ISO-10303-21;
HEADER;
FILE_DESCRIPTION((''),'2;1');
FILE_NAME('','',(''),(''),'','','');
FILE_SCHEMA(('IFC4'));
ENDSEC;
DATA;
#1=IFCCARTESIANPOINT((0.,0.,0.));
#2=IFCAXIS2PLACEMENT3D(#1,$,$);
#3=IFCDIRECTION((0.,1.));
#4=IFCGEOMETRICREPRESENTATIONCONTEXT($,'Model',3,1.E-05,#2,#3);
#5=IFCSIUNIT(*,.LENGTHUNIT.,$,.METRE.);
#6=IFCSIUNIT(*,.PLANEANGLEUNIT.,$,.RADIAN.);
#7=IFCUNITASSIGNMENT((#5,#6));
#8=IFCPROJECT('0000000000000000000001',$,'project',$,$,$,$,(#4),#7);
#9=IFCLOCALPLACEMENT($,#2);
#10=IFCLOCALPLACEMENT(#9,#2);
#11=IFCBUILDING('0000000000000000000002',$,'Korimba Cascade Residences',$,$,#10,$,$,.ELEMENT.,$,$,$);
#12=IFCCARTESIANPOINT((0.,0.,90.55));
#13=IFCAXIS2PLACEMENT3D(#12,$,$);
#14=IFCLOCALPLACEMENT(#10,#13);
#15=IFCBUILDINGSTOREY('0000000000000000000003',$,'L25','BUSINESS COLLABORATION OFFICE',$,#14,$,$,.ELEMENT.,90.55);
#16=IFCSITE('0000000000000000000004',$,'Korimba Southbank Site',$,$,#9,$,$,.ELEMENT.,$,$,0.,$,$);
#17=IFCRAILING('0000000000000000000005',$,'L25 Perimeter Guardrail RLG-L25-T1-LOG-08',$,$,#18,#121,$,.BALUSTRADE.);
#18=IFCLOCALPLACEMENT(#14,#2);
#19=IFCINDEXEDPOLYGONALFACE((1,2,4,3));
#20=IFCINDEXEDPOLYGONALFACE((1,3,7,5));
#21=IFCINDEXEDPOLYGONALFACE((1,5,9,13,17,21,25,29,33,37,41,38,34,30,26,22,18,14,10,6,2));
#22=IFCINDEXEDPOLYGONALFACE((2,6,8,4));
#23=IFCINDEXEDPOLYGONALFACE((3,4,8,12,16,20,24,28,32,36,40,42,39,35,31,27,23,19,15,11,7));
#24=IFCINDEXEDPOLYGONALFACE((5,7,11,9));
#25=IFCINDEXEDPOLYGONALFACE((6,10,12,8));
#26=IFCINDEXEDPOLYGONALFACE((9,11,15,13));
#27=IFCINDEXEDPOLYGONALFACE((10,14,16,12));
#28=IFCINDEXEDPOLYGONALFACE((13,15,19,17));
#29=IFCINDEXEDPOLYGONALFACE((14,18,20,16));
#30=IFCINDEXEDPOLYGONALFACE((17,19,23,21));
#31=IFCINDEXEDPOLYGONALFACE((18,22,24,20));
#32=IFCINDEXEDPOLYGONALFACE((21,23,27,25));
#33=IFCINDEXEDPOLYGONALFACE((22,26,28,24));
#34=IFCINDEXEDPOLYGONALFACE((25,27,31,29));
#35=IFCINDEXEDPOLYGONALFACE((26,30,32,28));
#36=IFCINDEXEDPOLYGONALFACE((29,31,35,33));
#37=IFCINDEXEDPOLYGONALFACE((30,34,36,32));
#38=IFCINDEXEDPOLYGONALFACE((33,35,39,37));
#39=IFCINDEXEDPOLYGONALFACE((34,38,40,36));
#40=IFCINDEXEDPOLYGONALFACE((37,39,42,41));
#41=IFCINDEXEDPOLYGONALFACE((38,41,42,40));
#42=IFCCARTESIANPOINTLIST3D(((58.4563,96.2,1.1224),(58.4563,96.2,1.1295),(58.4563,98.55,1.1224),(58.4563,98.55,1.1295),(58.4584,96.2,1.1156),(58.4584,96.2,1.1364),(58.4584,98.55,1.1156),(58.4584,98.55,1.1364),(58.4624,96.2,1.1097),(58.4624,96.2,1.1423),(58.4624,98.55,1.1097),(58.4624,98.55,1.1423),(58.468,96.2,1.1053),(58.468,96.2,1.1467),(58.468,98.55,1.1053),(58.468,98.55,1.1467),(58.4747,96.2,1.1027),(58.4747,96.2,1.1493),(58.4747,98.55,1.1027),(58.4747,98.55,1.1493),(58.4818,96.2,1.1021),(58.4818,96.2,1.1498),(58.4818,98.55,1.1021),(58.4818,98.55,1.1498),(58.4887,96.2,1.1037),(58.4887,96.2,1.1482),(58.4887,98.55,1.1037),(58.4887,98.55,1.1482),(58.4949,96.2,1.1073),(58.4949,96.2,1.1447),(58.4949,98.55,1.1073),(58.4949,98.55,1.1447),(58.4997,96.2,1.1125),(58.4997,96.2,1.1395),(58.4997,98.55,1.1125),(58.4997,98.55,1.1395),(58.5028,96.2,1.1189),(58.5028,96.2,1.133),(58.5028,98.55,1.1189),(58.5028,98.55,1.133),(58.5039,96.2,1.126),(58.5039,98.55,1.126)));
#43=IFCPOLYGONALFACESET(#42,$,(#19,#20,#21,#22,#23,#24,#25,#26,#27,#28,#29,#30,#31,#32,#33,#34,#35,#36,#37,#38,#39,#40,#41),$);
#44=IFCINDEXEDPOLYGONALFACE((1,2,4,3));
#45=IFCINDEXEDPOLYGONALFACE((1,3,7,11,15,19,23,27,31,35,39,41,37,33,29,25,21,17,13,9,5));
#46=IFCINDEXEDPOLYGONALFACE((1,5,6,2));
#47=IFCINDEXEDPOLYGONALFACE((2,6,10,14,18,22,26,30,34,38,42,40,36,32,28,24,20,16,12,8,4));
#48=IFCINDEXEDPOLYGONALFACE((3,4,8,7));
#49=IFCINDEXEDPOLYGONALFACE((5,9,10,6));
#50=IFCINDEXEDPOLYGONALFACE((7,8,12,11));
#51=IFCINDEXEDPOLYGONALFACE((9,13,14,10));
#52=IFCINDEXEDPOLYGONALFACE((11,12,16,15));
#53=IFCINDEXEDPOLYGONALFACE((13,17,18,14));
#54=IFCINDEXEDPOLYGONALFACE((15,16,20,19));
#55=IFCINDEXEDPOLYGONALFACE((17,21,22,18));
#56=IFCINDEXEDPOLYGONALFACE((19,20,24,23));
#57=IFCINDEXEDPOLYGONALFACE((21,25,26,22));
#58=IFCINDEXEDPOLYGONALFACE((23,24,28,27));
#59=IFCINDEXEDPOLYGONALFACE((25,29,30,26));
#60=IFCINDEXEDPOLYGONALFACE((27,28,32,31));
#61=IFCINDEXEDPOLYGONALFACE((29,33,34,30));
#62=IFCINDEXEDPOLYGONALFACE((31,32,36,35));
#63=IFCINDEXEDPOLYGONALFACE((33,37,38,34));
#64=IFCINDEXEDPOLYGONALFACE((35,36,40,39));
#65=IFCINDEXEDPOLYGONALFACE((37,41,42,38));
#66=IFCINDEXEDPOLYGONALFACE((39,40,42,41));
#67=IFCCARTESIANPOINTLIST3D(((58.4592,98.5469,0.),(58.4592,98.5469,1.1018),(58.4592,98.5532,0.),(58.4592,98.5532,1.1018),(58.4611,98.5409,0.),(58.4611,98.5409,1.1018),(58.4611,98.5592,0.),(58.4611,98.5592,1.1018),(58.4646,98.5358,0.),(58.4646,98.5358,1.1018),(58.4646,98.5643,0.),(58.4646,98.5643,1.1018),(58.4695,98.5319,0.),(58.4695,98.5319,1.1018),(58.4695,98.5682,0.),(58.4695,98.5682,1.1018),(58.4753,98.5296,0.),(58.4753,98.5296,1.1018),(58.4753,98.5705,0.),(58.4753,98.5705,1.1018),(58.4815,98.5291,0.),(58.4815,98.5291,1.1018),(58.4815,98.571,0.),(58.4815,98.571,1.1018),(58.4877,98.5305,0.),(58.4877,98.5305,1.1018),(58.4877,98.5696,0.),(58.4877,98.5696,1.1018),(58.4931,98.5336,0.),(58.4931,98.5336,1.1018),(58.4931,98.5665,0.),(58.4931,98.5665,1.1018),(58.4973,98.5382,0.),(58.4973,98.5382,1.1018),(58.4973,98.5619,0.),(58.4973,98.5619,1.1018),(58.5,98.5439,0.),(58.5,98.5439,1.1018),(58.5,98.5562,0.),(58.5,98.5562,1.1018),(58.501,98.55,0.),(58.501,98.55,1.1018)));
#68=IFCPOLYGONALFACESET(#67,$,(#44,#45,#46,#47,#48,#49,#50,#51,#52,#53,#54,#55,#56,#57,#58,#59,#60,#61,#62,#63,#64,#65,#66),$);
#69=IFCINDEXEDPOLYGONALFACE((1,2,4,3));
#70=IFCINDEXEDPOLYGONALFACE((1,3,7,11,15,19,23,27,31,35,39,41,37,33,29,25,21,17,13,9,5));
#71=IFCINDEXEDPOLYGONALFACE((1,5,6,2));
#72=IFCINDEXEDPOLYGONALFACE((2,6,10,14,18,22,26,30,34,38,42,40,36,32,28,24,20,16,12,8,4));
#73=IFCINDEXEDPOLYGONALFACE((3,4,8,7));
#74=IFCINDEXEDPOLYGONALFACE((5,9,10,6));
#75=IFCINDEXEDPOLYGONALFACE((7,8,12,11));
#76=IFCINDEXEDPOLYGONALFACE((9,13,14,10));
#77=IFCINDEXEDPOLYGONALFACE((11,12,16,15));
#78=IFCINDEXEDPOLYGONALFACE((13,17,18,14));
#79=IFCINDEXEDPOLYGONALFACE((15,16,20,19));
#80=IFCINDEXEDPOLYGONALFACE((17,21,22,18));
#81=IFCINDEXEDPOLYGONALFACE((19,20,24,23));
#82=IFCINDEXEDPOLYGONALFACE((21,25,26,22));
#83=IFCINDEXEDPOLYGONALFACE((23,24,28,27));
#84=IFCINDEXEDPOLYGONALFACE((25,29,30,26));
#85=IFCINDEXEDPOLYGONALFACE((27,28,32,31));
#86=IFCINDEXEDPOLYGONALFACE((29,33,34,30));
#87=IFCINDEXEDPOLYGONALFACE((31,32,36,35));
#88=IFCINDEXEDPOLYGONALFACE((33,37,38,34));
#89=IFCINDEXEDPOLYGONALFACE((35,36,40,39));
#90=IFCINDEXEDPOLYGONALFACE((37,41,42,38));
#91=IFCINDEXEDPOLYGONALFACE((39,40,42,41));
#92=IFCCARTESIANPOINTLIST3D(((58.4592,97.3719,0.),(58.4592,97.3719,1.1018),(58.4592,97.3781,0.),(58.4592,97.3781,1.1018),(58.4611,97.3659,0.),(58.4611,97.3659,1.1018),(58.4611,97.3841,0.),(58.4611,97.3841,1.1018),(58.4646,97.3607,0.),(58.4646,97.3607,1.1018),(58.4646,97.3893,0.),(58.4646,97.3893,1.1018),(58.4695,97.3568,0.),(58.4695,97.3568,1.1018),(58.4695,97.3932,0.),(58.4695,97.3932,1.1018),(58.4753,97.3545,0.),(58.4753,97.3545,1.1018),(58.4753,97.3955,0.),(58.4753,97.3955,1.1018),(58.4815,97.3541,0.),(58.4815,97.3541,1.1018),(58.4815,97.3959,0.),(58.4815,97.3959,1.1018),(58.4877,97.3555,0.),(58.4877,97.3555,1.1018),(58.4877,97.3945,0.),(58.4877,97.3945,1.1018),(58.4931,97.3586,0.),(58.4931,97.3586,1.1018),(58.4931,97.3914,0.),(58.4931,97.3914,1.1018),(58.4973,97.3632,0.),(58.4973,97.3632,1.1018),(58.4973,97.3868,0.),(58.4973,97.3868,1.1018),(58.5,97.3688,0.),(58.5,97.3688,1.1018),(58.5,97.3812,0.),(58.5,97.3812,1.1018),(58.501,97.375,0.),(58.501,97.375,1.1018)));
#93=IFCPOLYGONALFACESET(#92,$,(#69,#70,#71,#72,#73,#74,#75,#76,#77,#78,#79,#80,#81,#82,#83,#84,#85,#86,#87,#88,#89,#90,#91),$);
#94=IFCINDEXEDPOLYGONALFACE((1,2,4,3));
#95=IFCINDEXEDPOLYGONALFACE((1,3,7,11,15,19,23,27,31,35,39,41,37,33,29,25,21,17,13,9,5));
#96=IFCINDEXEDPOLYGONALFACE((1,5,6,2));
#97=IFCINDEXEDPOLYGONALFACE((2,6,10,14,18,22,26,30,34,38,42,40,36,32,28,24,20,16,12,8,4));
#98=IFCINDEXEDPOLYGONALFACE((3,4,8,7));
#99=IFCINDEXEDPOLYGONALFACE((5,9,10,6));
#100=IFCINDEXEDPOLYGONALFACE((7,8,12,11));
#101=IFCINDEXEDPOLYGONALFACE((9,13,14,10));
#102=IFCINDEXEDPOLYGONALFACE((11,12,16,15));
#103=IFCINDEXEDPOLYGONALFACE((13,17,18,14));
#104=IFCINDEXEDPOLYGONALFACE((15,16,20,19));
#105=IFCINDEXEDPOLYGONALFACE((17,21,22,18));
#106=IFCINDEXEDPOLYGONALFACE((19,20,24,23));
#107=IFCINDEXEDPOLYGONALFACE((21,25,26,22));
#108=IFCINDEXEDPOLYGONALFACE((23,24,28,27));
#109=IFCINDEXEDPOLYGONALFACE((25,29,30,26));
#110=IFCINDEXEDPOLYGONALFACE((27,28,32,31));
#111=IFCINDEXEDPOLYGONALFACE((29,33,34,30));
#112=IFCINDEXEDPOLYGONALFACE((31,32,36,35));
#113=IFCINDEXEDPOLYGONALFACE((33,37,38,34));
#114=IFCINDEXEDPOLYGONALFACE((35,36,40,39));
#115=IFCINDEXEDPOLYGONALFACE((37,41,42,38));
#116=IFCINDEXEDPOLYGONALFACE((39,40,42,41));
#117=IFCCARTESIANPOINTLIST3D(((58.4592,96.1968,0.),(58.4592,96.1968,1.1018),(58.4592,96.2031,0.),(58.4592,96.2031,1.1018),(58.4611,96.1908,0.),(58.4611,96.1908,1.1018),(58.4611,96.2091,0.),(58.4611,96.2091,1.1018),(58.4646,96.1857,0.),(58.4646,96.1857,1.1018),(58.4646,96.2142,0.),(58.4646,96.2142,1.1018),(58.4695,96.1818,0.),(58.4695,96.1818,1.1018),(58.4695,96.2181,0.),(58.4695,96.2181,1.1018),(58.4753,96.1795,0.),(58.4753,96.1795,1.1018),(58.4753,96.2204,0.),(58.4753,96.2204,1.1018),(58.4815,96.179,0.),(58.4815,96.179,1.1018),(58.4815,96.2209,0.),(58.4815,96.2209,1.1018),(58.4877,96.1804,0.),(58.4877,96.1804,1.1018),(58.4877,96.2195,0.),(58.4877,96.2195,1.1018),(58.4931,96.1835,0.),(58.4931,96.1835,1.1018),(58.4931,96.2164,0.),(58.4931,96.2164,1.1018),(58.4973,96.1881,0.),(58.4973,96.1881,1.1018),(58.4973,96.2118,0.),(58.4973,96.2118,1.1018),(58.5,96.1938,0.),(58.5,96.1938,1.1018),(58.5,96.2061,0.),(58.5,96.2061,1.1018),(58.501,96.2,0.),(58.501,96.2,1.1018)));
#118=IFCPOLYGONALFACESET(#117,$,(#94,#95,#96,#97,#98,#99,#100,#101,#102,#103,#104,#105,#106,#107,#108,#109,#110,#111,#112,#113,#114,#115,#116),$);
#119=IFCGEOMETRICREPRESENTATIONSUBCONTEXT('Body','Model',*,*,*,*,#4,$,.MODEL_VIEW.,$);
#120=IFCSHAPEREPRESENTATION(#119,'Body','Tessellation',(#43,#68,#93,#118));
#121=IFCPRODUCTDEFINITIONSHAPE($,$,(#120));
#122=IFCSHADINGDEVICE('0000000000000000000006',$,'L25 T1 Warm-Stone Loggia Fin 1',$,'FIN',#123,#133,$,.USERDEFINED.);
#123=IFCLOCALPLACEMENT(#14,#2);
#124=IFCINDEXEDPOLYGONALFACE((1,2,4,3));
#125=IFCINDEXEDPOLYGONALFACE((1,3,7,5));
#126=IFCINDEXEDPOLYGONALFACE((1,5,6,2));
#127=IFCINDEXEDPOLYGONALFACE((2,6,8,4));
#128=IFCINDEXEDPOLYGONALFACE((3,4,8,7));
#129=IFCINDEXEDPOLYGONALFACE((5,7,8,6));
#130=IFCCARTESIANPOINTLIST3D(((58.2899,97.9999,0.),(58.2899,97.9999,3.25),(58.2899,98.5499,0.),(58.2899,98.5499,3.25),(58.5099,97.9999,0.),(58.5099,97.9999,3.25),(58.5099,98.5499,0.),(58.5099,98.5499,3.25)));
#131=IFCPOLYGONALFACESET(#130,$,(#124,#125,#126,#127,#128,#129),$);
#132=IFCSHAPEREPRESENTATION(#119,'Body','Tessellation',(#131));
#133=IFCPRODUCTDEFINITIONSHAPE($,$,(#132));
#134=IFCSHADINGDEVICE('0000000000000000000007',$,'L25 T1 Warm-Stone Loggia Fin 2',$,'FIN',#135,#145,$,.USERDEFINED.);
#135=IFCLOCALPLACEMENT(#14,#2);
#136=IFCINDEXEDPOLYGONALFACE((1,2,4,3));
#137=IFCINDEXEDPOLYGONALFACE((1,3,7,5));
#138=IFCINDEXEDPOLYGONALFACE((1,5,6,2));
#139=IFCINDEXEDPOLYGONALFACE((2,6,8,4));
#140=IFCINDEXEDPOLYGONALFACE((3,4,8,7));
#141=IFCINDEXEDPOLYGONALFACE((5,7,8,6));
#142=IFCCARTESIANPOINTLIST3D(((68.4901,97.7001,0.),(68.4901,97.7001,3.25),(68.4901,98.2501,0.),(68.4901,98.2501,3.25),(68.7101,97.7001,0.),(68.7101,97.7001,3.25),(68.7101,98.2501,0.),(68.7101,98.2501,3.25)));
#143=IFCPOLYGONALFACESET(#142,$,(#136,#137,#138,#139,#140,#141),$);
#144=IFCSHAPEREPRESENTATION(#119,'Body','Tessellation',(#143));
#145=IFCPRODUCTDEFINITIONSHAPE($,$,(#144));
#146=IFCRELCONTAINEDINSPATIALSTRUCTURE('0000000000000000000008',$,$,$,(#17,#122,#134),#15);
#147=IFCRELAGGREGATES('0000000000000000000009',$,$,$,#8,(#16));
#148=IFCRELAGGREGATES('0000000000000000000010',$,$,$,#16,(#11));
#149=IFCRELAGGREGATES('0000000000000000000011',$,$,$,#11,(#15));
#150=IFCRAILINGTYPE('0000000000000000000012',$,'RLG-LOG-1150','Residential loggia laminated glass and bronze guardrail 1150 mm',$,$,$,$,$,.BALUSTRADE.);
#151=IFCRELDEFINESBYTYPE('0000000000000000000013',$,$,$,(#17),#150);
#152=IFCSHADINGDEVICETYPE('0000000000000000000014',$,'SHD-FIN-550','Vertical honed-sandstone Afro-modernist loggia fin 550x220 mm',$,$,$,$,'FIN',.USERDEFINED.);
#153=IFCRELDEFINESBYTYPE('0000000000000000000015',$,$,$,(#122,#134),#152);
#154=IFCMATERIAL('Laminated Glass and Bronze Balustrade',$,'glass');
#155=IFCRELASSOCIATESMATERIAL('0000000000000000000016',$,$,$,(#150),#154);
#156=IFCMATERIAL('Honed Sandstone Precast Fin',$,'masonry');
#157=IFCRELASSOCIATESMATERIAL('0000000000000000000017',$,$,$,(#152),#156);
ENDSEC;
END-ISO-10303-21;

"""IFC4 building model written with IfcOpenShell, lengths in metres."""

from ifc_helpers import new_model, si_unit, direction, frame, origin, origin_2d, place, context, subcontext, project, spatial, rectangle, circle, extrude, material, type_object, element, save


model = new_model("IFC4")

# Units and contexts
model_context = context("Model", 3, precision=1e-05, world=origin(), true_north=direction((0.0, 1.0)))
body_context = subcontext(model_context, "Body", "Model", "MODEL_VIEW")
ifc_project = project(units=[si_unit("LENGTHUNIT", "METRE"), si_unit("PLANEANGLEUNIT", "RADIAN")], contexts=[model_context])

# Site, building, storey
site_placement = place(None, origin())
site = spatial("IfcSite", under=ifc_project, at=site_placement, Name="Korimba Southbank Site", CompositionType="ELEMENT", RefElevation=0.0)
building_placement = place(site_placement, origin())
building = spatial("IfcBuilding", under=site, at=building_placement, Name="Korimba Cascade Residences", CompositionType="ELEMENT")
storey_placement = place(building_placement, frame((0.0, 0.0, 90.55)))
storey = spatial("IfcBuildingStorey", under=building, at=storey_placement, Name="L25", Description="BUSINESS COLLABORATION OFFICE", CompositionType="ELEMENT", Elevation=90.55)

# Railing
ifc_material_1 = material(Name="Laminated Glass and Bronze Balustrade", Category="glass")
railing_type = type_object("IfcRailingType", Name="RLG-LOG-1150", Description="Residential loggia laminated glass and bronze guardrail 1150 mm", PredefinedType="BALUSTRADE", material=ifc_material_1)
railing_1_placement = place(storey_placement, frame((58.48, 98.55, 0.0)))
element("IfcRailing", 1, at=railing_1_placement, inside=storey, type_object=railing_type, Name="L25 Perimeter Guardrail RLG-L25-T1-LOG-08", PredefinedType="BALUSTRADE", context=body_context, shape_type="SweptSolid", body=[
    extrude(circle(Radius=0.0239, at=origin_2d()), frame((0.0, 0.0, 1.126), z_axis=(0.0, -1.0, 0.0), x_axis=(1.0, 0.0, 0.0)), (0.0, 0.0, 1.0), 2.3501),
    extrude(circle(Radius=0.021, at=origin_2d()), origin(), (0.0, 0.0, 1.0), 1.1018),
    extrude(circle(Radius=0.021, at=origin_2d()), frame((0.0, -1.175, 0.0)), (0.0, 0.0, 1.0), 1.1018),
    extrude(circle(Radius=0.021, at=origin_2d()), frame((0.0, -2.3501, 0.0)), (0.0, 0.0, 1.0), 1.1018),
])

# Shading devices
ifc_material_2 = material(Name="Honed Sandstone Precast Fin", Category="masonry")
shading_device_type = type_object("IfcShadingDeviceType", Name="SHD-FIN-550", Description="Vertical honed-sandstone Afro-modernist loggia fin 550x220 mm", ElementType="FIN", PredefinedType="USERDEFINED", material=ifc_material_2)
for number, where, z_axis, x_axis, name in (
    (2, (58.3999, 98.2749, 0.0), (0.0, 0.0, 1.0), (1.0, 0.0, 0.0), "L25 T1 Warm-Stone Loggia Fin 1"),
    (3, (68.6001, 97.9751, 0.0), (0.0, 0.0, 1.0), (1.0, 0.0, 0.0), "L25 T1 Warm-Stone Loggia Fin 2"),
):
    element("IfcShadingDevice", number, at=place(storey_placement, frame(where, z_axis=z_axis, x_axis=x_axis)), inside=storey, type_object=shading_device_type, Name=name, ObjectType="FIN", PredefinedType="USERDEFINED", context=body_context, shape_type="SweptSolid", body=[
        extrude(rectangle(XDim=0.22, YDim=0.55, at=origin_2d()), origin(), (0.0, 0.0, 1.0), 3.25),
    ])

save(model, "model.ifc")
